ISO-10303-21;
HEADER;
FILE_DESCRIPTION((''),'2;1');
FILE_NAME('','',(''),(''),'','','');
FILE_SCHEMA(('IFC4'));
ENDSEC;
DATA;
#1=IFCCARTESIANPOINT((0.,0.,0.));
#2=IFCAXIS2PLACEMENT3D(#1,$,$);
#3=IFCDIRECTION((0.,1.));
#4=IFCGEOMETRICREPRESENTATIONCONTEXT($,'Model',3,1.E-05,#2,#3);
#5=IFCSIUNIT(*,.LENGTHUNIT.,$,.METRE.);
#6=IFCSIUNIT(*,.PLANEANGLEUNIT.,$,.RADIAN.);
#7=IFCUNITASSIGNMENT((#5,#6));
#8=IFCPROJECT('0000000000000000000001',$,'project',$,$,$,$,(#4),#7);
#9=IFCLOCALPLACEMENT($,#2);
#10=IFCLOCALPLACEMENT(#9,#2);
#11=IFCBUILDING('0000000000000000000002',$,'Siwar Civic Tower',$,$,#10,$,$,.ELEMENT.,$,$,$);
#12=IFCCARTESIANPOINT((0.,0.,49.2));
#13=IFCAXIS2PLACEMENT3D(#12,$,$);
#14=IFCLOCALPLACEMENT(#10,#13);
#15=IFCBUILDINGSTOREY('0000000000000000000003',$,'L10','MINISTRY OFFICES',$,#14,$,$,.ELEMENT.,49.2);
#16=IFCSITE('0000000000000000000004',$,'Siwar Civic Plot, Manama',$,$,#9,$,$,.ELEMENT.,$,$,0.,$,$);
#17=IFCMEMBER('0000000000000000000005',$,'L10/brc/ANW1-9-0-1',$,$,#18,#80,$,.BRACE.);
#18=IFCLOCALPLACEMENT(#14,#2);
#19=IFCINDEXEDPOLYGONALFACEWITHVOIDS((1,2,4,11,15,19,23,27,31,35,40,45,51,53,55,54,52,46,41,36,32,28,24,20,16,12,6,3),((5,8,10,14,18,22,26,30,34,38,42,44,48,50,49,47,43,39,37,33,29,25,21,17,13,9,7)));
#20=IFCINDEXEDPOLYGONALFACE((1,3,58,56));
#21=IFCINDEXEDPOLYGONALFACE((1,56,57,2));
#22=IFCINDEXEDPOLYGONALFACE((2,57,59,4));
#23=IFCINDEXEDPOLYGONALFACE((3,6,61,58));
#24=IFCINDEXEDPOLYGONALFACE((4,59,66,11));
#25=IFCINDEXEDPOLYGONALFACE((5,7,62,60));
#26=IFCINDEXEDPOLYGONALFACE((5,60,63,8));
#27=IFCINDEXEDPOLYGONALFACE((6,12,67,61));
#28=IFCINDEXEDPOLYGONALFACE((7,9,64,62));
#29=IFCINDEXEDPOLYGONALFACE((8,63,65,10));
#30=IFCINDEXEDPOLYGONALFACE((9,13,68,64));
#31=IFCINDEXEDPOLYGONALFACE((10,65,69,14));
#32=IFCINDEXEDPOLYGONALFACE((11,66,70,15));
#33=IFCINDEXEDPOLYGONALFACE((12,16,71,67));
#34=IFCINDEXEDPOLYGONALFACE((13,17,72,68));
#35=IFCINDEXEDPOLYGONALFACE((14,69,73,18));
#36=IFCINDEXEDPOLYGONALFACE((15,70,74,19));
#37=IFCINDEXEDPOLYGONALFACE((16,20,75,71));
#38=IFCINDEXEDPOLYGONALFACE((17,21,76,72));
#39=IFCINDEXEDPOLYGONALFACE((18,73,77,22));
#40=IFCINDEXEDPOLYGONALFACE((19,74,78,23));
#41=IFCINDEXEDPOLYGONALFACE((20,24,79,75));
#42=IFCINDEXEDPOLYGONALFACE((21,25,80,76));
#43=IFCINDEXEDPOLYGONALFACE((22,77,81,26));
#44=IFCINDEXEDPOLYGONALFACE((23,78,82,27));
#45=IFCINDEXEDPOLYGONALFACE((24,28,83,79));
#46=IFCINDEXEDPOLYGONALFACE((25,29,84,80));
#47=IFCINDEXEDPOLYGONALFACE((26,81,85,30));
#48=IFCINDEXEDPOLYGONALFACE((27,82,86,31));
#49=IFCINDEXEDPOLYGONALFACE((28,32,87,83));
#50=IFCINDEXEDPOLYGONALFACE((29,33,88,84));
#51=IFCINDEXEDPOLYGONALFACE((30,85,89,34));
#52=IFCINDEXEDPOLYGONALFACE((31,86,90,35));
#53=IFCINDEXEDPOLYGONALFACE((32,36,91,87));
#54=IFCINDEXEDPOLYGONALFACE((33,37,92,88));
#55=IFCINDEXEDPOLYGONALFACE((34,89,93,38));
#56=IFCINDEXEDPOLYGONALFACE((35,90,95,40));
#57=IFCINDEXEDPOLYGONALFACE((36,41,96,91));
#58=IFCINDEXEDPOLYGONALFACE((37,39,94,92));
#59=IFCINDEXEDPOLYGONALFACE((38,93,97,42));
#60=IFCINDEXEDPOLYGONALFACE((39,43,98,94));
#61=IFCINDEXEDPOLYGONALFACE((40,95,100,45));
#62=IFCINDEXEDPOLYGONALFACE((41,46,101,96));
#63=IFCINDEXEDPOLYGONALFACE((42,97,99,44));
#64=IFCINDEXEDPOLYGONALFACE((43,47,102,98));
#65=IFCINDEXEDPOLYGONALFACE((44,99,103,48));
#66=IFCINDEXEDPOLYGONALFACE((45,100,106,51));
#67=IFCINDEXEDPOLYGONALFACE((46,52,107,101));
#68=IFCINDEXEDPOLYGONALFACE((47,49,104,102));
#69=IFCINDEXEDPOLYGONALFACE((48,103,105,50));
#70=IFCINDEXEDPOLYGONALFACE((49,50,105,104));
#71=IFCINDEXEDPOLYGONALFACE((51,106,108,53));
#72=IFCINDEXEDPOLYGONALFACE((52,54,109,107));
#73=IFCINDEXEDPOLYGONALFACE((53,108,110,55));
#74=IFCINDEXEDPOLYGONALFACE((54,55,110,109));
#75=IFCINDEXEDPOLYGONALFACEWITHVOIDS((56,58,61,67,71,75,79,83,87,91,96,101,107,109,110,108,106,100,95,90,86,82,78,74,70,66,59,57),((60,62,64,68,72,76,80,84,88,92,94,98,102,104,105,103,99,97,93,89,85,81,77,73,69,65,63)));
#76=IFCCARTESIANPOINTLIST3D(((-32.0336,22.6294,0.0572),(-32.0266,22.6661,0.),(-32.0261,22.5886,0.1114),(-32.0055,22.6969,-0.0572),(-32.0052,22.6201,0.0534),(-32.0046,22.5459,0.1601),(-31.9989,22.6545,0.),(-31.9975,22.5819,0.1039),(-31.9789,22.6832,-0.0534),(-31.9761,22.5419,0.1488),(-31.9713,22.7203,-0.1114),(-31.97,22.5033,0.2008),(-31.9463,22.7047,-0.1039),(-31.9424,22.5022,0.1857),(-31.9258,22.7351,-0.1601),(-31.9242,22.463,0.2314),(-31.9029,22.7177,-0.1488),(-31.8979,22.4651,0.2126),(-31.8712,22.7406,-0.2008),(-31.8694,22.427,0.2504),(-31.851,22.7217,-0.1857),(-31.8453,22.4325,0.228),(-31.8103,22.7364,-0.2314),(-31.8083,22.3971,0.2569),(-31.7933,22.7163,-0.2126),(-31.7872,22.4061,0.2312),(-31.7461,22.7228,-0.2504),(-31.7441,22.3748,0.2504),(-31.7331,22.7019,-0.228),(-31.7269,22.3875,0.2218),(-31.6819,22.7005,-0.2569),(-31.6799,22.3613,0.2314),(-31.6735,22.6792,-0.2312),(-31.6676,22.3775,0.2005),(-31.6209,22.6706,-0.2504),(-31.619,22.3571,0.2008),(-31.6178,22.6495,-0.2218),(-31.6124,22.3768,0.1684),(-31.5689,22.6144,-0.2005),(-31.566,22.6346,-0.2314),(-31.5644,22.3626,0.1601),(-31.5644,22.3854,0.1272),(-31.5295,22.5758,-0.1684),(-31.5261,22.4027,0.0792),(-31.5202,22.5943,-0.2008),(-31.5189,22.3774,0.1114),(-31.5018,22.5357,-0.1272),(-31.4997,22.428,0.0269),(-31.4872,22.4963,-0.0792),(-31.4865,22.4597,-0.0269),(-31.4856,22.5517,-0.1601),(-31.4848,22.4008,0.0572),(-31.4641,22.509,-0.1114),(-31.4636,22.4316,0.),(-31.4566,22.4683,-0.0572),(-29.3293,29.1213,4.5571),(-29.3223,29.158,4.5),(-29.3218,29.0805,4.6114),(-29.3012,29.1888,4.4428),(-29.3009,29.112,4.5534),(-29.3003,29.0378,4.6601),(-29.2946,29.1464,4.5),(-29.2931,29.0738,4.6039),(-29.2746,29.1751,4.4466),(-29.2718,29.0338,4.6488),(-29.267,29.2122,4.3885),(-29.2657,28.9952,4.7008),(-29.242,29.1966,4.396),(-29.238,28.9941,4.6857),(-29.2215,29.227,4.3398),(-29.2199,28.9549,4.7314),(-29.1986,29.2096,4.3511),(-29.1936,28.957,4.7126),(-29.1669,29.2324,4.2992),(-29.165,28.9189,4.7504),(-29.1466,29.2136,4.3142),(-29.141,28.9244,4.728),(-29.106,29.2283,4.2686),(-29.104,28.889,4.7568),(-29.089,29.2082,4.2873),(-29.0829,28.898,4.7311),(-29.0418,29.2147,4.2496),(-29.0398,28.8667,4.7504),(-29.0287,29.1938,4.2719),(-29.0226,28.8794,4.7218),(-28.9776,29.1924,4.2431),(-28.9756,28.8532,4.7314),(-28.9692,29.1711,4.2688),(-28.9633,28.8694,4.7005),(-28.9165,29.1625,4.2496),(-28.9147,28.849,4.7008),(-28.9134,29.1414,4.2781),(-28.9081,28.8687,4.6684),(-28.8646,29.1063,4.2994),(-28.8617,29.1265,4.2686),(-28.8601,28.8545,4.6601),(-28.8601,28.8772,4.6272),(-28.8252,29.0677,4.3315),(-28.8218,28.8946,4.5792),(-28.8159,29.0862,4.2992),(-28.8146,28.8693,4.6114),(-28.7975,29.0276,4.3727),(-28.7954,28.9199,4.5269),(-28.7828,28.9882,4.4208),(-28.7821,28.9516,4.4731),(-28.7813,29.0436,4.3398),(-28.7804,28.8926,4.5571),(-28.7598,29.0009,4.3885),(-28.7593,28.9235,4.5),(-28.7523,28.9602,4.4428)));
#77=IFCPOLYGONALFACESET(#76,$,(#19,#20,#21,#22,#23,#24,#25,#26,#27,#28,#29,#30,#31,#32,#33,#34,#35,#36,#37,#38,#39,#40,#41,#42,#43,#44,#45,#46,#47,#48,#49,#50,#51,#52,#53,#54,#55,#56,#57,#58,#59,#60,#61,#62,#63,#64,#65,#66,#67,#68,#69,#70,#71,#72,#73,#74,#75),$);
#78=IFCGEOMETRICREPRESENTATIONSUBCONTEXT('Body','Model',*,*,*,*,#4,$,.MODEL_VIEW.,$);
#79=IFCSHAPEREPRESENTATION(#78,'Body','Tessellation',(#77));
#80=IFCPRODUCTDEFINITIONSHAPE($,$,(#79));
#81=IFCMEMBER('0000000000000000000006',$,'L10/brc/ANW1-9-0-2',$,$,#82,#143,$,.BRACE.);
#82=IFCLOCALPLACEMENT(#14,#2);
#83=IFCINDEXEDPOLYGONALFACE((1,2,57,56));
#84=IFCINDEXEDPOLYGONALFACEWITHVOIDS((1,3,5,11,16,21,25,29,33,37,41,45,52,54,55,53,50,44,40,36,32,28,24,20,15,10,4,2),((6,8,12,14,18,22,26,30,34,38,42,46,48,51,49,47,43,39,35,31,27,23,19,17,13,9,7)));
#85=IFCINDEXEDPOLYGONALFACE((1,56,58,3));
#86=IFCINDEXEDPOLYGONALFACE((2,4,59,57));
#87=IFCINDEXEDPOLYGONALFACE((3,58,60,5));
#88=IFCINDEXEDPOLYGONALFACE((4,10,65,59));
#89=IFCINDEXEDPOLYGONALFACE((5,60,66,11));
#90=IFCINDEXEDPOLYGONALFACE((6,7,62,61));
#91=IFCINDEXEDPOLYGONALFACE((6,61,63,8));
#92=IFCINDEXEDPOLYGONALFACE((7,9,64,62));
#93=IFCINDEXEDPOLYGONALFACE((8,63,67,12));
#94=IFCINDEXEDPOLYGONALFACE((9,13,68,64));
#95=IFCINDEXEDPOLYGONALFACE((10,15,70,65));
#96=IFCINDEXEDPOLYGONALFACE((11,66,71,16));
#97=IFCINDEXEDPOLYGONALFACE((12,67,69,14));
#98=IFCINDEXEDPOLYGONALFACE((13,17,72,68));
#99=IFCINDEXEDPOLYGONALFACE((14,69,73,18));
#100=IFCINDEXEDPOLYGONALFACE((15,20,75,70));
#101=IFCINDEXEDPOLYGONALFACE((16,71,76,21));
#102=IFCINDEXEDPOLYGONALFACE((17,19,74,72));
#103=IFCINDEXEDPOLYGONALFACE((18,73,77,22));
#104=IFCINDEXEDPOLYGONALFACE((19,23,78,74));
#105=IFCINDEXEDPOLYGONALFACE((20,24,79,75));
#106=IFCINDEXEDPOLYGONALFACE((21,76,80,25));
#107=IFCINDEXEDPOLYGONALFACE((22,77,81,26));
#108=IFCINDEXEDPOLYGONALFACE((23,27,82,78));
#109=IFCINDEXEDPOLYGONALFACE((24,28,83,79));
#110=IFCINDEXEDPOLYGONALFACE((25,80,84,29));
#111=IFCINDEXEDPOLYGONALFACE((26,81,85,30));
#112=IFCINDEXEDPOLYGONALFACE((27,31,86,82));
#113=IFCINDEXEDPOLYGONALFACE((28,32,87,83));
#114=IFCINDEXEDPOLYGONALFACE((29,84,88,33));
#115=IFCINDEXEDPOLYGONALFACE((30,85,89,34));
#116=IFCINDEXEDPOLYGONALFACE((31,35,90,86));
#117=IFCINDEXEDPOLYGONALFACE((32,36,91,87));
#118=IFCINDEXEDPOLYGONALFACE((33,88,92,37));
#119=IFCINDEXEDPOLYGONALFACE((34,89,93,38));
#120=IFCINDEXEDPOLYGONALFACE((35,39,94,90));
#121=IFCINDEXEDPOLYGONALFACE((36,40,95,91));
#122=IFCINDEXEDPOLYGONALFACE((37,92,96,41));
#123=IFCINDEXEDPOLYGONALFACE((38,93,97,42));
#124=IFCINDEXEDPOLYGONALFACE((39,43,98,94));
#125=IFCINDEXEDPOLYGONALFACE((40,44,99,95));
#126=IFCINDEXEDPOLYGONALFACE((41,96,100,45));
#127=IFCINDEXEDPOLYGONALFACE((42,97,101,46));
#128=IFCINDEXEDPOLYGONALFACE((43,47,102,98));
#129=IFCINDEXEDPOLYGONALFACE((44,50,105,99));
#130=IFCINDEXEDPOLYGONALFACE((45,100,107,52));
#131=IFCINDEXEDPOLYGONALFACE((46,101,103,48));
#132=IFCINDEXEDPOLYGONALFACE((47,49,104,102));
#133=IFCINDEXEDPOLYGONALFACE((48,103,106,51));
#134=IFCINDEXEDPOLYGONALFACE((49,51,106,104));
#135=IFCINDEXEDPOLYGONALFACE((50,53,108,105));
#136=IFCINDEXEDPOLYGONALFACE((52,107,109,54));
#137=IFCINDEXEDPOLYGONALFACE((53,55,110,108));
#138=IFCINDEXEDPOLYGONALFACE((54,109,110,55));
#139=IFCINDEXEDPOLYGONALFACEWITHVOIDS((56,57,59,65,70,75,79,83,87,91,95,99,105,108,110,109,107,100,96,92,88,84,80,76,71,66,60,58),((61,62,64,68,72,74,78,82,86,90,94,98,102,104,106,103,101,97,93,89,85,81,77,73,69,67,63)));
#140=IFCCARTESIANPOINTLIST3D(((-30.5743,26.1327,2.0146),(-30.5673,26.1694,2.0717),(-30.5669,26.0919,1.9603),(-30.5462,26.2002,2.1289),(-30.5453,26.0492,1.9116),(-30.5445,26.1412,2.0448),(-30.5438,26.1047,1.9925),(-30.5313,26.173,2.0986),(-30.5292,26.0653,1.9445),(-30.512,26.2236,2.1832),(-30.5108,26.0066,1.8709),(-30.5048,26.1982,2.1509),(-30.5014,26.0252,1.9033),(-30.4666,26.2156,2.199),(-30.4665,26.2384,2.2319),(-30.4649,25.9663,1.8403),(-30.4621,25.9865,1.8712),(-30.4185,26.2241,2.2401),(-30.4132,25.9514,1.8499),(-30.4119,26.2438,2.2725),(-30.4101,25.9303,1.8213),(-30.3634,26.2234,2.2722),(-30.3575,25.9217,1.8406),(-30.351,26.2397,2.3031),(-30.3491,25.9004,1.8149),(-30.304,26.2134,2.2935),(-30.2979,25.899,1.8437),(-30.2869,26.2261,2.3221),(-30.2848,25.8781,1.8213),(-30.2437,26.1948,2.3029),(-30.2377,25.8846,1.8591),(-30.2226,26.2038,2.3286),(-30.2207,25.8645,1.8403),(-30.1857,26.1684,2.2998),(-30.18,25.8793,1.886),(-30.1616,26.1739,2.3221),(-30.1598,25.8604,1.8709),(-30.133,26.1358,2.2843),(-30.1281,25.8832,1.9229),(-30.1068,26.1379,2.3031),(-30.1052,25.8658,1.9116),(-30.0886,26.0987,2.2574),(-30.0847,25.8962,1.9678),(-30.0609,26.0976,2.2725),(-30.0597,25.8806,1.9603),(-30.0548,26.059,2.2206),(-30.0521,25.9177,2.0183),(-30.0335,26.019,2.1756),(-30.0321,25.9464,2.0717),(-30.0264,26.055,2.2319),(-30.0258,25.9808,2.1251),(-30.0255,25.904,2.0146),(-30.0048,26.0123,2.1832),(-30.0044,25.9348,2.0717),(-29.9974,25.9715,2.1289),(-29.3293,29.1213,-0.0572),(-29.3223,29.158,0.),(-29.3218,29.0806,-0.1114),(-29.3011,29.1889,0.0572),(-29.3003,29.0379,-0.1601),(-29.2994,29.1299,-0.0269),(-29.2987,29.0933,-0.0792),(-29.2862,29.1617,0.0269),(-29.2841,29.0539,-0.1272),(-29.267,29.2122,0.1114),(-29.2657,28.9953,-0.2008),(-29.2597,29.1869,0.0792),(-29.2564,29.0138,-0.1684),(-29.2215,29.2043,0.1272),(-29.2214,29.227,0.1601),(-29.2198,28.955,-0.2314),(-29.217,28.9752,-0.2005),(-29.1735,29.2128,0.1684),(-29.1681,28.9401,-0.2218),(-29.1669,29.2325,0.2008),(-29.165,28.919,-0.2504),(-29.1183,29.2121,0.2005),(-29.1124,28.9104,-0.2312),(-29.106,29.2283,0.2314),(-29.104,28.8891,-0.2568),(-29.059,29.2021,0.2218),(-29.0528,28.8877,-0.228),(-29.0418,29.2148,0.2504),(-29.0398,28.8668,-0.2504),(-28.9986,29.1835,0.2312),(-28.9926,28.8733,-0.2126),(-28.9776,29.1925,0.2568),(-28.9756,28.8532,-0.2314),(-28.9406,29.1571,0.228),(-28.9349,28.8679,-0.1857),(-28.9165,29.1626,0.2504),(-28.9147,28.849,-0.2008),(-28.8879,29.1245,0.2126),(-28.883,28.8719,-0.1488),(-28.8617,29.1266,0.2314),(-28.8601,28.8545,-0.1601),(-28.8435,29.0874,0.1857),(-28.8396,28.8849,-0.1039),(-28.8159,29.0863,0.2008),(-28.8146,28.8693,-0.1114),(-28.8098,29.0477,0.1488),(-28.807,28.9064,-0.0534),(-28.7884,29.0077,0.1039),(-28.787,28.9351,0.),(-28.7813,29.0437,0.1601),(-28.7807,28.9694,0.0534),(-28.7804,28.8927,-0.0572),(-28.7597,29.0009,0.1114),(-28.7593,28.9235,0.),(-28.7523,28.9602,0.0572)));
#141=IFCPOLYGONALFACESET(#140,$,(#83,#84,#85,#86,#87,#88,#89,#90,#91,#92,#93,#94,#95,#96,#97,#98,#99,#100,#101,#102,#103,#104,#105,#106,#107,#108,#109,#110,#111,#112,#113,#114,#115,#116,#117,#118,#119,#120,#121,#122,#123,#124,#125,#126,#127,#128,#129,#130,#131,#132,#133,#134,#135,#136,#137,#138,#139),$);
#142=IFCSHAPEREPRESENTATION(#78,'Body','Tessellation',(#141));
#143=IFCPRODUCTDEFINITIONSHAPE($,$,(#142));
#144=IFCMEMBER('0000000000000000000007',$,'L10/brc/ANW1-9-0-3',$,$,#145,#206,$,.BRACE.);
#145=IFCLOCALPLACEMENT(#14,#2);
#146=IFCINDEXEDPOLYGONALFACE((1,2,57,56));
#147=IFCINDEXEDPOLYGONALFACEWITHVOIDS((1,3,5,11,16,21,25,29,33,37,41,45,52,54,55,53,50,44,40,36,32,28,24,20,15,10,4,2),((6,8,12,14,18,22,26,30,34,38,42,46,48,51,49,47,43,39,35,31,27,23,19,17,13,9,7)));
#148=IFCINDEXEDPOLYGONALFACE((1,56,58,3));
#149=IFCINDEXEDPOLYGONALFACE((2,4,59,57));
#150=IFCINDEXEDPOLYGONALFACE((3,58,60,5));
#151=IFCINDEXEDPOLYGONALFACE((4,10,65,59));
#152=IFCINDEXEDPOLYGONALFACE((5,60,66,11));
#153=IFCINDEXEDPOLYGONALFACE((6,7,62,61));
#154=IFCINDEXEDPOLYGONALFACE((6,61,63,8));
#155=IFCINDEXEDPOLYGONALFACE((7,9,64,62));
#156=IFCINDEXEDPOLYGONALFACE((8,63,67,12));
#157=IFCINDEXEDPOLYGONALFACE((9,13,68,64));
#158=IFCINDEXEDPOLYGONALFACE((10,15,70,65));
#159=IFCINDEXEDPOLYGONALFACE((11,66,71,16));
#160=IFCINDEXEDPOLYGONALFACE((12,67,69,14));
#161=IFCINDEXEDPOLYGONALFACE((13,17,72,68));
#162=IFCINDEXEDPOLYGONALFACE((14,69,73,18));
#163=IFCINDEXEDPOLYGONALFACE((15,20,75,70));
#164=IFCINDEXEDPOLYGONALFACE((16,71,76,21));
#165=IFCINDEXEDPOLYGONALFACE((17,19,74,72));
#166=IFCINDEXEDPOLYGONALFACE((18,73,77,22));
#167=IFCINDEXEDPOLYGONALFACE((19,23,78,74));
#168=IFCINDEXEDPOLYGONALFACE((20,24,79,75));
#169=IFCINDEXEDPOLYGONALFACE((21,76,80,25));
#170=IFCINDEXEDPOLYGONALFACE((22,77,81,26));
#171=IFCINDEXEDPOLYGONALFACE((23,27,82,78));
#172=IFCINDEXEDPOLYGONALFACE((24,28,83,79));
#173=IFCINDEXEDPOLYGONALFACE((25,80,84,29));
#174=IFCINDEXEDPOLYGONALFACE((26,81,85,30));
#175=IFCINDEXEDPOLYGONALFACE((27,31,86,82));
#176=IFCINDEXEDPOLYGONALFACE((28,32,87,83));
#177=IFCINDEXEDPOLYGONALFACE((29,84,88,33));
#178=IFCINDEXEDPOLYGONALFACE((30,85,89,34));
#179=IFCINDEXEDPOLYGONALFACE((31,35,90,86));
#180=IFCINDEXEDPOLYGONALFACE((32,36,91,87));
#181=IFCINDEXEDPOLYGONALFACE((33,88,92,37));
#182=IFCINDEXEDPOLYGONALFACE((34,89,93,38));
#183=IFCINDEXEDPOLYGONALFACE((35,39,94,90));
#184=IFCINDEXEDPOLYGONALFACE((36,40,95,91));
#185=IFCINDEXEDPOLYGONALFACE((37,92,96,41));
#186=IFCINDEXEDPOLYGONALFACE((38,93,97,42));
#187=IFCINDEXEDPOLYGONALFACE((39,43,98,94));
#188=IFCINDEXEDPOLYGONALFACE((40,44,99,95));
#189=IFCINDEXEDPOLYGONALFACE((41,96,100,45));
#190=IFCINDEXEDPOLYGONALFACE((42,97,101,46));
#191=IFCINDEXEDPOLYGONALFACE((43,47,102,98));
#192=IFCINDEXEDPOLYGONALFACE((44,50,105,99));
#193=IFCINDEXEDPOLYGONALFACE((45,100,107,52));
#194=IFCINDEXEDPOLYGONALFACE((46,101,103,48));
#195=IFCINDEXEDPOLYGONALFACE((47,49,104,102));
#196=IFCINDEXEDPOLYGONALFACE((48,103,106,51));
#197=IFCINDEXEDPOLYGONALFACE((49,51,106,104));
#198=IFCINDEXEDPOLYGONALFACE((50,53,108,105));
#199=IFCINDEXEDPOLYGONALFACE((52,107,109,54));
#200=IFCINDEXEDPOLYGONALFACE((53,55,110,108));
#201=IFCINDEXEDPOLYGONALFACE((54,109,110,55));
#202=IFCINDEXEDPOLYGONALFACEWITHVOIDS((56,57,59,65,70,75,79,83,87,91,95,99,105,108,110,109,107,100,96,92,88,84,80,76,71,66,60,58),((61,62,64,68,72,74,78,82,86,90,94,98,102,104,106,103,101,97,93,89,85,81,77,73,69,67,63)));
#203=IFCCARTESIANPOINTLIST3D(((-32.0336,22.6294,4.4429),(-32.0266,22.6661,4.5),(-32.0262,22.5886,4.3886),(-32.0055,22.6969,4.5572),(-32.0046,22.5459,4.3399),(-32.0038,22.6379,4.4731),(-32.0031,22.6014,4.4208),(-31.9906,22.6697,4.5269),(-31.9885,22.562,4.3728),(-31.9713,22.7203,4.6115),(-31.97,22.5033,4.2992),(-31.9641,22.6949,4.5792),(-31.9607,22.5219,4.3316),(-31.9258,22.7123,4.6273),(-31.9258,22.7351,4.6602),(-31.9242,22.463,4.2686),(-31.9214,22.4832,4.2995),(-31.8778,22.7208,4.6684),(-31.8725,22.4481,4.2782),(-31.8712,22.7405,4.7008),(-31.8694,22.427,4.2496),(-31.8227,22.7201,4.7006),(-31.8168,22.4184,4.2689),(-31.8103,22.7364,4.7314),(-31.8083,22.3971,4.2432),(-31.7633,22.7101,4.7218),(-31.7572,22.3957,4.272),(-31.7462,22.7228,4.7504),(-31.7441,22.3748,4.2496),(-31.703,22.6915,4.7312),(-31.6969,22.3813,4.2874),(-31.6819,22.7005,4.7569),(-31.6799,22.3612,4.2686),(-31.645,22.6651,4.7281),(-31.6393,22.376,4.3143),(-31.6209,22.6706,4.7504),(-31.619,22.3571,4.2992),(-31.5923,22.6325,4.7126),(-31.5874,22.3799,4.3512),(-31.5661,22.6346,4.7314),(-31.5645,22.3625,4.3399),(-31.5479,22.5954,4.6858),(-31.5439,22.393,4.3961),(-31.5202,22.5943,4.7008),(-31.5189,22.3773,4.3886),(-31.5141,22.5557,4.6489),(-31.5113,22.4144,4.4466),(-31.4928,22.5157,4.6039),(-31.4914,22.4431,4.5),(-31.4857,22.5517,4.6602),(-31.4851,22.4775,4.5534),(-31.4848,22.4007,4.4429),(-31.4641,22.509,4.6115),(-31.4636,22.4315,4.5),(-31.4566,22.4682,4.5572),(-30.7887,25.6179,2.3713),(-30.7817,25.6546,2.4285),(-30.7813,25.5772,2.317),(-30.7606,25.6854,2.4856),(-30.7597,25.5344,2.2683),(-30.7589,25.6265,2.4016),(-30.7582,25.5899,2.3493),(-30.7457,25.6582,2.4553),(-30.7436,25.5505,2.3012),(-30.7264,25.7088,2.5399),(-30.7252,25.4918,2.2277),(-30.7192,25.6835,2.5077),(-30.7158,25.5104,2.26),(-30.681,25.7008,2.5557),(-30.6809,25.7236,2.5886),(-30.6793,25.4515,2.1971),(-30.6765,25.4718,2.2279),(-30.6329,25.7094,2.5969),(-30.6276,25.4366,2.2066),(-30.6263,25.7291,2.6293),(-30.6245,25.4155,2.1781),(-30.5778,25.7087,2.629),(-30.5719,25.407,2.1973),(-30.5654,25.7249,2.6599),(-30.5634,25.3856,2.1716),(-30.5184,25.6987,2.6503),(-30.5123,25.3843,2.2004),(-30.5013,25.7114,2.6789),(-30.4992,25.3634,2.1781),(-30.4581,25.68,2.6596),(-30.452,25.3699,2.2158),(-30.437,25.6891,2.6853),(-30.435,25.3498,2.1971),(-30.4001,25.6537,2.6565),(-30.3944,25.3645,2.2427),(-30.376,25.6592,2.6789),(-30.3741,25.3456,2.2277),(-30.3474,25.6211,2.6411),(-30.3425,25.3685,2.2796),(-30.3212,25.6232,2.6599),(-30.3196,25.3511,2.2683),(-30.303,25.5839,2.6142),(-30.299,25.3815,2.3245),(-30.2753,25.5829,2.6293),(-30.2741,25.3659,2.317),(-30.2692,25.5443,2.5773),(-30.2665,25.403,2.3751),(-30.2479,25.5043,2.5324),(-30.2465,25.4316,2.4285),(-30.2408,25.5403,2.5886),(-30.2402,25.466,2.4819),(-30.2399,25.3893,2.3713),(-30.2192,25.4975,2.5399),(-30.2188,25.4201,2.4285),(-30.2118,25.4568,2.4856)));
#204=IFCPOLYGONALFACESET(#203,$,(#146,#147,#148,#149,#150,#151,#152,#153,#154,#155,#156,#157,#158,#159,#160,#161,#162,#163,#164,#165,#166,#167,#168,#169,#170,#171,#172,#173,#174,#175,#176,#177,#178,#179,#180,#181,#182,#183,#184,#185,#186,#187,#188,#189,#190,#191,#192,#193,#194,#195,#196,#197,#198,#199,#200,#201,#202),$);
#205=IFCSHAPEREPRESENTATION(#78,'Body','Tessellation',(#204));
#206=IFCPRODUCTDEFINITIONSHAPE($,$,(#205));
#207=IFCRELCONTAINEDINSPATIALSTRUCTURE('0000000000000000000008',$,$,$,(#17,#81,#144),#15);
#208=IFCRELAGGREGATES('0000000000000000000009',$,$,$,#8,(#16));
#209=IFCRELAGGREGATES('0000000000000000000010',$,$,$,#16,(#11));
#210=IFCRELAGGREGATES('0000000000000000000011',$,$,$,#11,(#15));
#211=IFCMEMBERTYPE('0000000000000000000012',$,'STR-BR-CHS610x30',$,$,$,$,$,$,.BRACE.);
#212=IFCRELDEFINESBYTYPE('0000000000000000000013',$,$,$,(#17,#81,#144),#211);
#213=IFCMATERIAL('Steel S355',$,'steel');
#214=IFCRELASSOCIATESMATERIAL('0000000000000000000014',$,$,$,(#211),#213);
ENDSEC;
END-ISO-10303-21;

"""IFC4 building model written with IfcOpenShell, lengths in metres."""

from ifc_helpers import new_model, si_unit, direction, frame, origin, origin_2d, place, context, subcontext, project, spatial, hollow_circle, extrude, material, material_profile, profile_set, type_object, element, save


model = new_model("IFC4")

# Units and contexts
model_context = context("Model", 3, precision=1e-05, world=origin(), true_north=direction((0.0, 1.0)))
body_context = subcontext(model_context, "Body", "Model", "MODEL_VIEW")
ifc_project = project(units=[si_unit("LENGTHUNIT", "METRE"), si_unit("PLANEANGLEUNIT", "RADIAN")], contexts=[model_context])

# Site, building, storey
site_placement = place(None, origin())
site = spatial("IfcSite", under=ifc_project, at=site_placement, Name="Siwar Civic Plot, Manama", CompositionType="ELEMENT", RefElevation=0.0)
building_placement = place(site_placement, origin())
building = spatial("IfcBuilding", under=site, at=building_placement, Name="Siwar Civic Tower", CompositionType="ELEMENT")
storey_placement = place(building_placement, frame((0.0, 0.0, 49.2)))
storey = spatial("IfcBuildingStorey", under=building, at=storey_placement, Name="L10", Description="MINISTRY OFFICES", CompositionType="ELEMENT", Elevation=49.2)

# Members
ifc_material_1 = material(Name="Steel S355", Category="steel")
ifc_material_profile_1 = material_profile(ifc_material_1, hollow_circle(Radius=0.3049, WallThickness=0.03, at=origin_2d()), Name="CHS610x30")
ifc_profile_set_1 = profile_set([ifc_material_profile_1], Name="Steel S355")
member_type_1 = type_object("IfcMemberType", Name="STR-BR-CHS610x30", PredefinedType="BRACE", material=ifc_profile_set_1)
member_1_placement = place(storey_placement, frame((-31.7451, 22.5488, 0.0), z_axis=(0.323906, 0.777555, 0.538975), x_axis=(-0.923109, 0.384539, 0.0)))
element("IfcMember", 1, at=member_1_placement, inside=storey, type_object=member_type_1, Name="L10/brc/ANW1-9-0-1", PredefinedType="BRACE", context=body_context, shape_type="SweptSolid", body=[
    extrude(hollow_circle(Radius=0.3049, WallThickness=0.03, at=origin_2d()), origin(), (0.0, 0.0, 1.0), 8.3491),
])
member_2_placement = place(storey_placement, frame((-29.0408, 29.0408, 0.0), z_axis=(-0.323923, -0.777542, 0.538982), x_axis=(0.923099, -0.384562, 0.0)))
element("IfcMember", 2, at=member_2_placement, inside=storey, type_object=member_type_1, Name="L10/brc/ANW1-9-0-2", PredefinedType="BRACE", context=body_context, shape_type="SweptSolid", body=[
    extrude(hollow_circle(Radius=0.3049, WallThickness=0.03, at=origin_2d()), origin(), (0.0, 0.0, 1.0), 3.8438),
])
member_3_placement = place(storey_placement, frame((-30.5002, 25.5374, 2.4285), z_axis=(-0.323893, -0.77756, 0.538975), x_axis=(0.923115, -0.384524, 0.0)))
element("IfcMember", 3, at=member_3_placement, inside=storey, type_object=member_type_1, Name="L10/brc/ANW1-9-0-3", PredefinedType="BRACE", context=body_context, shape_type="SweptSolid", body=[
    extrude(hollow_circle(Radius=0.3049, WallThickness=0.03, at=origin_2d()), origin(), (0.0, 0.0, 1.0), 3.8435),
])

save(model, "model.ifc")
